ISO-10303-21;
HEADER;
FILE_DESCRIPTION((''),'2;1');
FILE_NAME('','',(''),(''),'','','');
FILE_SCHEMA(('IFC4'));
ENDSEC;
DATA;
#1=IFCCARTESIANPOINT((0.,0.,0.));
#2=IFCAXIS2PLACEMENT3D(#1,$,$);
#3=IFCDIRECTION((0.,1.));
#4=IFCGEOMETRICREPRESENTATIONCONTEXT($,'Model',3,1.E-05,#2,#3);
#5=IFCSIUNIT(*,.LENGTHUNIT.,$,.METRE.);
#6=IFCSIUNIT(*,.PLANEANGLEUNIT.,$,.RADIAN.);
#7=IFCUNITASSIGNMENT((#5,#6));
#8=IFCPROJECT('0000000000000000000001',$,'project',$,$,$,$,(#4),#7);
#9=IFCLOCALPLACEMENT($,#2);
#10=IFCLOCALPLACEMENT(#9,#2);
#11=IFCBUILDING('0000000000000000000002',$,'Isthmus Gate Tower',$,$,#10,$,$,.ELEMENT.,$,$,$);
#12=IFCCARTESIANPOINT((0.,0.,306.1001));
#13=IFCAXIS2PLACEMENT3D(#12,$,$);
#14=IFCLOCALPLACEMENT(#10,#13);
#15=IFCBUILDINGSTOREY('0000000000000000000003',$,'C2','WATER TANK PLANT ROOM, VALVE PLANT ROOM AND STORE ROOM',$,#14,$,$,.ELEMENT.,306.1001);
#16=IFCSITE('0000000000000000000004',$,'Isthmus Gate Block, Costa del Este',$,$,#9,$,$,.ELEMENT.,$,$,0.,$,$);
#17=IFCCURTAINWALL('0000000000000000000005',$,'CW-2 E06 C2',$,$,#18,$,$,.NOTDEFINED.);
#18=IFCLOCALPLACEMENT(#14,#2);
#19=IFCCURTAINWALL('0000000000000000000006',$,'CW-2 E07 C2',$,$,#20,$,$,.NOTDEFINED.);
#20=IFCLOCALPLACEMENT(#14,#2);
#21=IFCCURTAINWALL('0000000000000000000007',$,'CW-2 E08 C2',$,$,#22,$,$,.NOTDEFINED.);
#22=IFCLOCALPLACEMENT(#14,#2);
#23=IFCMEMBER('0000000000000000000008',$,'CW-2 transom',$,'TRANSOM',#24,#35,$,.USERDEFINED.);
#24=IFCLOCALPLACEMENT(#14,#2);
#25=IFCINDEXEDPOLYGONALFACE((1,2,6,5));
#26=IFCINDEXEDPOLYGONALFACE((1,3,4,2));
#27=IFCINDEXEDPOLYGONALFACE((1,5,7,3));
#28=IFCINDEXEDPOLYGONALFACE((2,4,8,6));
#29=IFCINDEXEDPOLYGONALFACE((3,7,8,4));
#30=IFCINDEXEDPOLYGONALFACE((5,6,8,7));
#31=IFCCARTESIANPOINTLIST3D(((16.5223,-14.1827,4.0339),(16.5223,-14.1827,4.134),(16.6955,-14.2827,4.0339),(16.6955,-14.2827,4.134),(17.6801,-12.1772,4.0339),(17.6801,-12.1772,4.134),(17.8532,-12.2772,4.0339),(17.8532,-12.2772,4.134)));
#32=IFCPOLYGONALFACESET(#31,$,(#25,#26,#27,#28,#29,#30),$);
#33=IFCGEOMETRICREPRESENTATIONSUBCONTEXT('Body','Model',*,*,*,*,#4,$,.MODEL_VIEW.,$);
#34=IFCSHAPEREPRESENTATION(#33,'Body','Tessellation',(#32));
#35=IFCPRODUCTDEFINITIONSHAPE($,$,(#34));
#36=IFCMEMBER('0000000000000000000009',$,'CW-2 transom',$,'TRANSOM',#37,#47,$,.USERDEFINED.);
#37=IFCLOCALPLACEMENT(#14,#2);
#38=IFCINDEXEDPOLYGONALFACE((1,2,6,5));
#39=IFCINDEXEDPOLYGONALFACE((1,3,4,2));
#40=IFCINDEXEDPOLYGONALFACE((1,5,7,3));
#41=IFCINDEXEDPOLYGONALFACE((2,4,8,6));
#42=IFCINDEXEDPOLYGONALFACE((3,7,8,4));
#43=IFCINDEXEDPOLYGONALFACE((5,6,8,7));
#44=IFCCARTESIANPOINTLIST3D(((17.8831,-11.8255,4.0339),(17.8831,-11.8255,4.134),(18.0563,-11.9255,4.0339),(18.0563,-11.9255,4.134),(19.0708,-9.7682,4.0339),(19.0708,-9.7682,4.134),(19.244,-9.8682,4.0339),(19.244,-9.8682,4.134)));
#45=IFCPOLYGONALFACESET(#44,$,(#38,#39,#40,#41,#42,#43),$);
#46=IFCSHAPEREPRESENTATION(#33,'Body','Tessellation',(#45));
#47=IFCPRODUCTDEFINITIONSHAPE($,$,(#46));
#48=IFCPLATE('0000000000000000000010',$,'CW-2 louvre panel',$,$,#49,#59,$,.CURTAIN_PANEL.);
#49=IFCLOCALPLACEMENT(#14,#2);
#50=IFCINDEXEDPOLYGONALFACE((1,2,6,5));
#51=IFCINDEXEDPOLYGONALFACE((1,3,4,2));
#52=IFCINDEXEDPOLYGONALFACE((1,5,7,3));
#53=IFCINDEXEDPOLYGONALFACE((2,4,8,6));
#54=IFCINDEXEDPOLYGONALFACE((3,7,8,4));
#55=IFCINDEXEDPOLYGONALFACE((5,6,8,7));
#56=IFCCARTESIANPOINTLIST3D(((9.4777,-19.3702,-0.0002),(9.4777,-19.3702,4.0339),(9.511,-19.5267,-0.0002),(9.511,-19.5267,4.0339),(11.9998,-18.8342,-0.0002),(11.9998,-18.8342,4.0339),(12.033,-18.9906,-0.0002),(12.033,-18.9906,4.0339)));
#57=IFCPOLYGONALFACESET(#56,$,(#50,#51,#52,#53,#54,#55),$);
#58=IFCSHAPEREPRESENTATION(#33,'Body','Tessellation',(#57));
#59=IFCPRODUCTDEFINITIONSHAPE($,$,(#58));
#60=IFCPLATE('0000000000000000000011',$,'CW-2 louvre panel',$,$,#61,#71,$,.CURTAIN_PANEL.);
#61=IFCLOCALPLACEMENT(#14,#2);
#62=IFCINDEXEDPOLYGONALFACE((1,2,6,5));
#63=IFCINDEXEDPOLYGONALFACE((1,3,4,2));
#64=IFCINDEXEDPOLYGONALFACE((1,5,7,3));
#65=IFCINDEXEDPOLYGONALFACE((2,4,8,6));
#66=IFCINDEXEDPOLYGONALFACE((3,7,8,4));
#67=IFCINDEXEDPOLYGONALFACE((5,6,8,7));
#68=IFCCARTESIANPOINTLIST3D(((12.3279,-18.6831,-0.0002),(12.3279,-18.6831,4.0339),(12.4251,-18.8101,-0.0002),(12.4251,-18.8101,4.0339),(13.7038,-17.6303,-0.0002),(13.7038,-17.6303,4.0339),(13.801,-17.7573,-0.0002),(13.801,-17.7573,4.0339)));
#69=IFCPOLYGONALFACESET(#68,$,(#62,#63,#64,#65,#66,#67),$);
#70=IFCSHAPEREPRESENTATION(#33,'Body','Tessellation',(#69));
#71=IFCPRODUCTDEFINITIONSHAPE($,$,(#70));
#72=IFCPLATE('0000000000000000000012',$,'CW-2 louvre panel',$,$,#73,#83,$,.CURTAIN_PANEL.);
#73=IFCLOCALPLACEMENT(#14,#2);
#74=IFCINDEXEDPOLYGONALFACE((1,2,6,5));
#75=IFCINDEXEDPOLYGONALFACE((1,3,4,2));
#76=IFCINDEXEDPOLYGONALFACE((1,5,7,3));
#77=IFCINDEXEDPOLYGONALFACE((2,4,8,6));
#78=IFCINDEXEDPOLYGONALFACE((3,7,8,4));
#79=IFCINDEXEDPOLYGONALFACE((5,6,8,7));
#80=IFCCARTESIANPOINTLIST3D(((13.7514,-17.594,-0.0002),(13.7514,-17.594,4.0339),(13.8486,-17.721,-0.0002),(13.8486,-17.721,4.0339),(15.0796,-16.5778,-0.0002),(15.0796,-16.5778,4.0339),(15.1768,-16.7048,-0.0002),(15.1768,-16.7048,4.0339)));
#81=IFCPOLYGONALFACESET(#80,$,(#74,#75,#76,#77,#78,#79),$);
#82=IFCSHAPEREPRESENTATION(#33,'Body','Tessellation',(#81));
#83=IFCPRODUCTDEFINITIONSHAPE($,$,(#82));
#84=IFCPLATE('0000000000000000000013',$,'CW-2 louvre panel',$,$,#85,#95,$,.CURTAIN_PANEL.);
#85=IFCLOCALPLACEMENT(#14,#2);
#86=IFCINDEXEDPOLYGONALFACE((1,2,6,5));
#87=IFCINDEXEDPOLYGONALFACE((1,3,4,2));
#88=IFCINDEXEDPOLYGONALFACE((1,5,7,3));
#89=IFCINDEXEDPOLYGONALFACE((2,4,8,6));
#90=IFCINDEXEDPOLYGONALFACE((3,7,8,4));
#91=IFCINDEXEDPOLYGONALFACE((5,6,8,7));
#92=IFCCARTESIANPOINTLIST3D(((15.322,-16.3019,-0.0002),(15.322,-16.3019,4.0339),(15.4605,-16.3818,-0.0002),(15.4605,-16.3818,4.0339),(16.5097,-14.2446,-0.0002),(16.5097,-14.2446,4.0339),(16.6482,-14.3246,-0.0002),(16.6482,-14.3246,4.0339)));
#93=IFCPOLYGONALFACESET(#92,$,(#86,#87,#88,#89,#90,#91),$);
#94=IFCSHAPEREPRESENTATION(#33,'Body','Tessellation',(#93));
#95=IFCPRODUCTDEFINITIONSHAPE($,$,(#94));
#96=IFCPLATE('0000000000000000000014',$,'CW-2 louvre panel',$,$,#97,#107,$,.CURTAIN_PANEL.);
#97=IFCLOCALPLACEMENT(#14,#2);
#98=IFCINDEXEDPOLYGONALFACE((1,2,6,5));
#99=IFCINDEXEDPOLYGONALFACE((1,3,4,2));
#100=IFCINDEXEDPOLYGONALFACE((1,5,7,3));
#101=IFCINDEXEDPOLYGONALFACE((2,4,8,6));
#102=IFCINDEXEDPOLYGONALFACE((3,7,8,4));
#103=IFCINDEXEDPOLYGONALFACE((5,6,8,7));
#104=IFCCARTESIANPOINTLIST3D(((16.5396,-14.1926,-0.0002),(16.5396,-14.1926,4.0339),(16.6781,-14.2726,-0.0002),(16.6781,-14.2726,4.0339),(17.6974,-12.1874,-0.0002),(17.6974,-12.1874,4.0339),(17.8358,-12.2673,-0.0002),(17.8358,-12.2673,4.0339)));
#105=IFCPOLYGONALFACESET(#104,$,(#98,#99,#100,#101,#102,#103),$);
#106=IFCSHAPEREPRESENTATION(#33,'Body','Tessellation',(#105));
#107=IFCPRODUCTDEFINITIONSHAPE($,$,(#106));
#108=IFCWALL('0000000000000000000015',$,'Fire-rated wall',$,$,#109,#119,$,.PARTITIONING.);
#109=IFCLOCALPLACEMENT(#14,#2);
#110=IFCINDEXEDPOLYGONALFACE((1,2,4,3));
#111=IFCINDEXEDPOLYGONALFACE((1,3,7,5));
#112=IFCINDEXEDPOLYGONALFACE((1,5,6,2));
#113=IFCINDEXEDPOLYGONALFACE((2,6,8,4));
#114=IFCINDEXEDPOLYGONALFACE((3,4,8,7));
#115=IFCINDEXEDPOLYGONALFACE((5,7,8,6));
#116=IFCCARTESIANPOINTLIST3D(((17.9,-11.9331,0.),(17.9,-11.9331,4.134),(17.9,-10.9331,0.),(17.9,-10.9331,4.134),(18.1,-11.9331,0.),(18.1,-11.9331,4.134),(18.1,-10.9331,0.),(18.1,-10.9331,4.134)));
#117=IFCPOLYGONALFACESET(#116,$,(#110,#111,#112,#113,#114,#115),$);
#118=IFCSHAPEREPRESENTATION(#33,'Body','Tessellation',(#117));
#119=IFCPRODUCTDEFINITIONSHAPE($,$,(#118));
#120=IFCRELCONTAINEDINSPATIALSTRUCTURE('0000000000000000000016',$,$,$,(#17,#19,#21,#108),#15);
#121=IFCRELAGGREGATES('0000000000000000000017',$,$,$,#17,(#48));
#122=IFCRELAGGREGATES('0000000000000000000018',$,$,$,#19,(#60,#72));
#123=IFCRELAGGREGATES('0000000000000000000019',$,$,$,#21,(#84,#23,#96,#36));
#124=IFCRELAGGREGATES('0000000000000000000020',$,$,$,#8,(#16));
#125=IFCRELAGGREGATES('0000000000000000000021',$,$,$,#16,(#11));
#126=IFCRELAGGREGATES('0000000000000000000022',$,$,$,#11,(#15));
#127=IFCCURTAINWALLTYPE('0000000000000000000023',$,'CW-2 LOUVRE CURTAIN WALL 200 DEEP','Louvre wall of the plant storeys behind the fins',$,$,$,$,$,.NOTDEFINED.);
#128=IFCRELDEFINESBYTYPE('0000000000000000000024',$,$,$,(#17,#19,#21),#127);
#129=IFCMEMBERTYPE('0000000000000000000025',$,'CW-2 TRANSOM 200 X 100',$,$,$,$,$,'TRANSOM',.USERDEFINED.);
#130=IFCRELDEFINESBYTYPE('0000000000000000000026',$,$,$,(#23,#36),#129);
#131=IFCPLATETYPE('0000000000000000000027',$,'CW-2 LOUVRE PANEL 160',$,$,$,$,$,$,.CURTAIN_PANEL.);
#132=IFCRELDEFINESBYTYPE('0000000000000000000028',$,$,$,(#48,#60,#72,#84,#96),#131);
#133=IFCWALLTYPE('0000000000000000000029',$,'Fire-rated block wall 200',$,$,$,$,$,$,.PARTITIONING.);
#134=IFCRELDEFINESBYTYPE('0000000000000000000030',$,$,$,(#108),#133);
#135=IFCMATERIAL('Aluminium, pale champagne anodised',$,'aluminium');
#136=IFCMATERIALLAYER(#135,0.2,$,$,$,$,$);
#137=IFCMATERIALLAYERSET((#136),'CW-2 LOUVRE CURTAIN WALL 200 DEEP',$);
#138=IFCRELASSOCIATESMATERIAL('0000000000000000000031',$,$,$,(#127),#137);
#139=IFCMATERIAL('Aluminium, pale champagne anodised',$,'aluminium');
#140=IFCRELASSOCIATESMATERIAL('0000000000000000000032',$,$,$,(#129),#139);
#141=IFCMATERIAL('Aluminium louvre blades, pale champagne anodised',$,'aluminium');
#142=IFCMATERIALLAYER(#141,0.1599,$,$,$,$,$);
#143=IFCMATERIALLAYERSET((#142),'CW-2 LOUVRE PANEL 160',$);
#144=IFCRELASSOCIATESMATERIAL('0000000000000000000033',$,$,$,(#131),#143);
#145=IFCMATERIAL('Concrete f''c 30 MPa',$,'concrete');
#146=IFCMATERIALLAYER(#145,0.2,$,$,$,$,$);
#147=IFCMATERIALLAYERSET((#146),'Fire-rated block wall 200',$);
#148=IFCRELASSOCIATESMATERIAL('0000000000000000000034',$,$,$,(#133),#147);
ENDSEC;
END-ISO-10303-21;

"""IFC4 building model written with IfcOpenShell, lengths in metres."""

from ifc_helpers import new_model, si_unit, direction, frame, frame_2d, origin, origin_2d, place, context, subcontext, project, spatial, rectangle, extrude, material, layer, layer_set, material_profile, profile_set, type_object, element, aggregate, save


model = new_model("IFC4")

# Units and contexts
model_context = context("Model", 3, precision=1e-05, world=origin(), true_north=direction((0.0, 1.0)))
body_context = subcontext(model_context, "Body", "Model", "MODEL_VIEW")
ifc_project = project(units=[si_unit("LENGTHUNIT", "METRE"), si_unit("PLANEANGLEUNIT", "RADIAN")], contexts=[model_context])

# Site, building, storey
site_placement = place(None, origin())
site = spatial("IfcSite", under=ifc_project, at=site_placement, Name="Isthmus Gate Block, Costa del Este", CompositionType="ELEMENT", RefElevation=0.0)
building_placement = place(site_placement, origin())
building = spatial("IfcBuilding", under=site, at=building_placement, Name="Isthmus Gate Tower", CompositionType="ELEMENT")
storey_placement = place(building_placement, frame((0.0, 0.0, 306.1001)))
storey = spatial("IfcBuildingStorey", under=building, at=storey_placement, Name="C2", Description="WATER TANK PLANT ROOM, VALVE PLANT ROOM AND STORE ROOM", CompositionType="ELEMENT", Elevation=306.1001)

# Curtain walls
ifc_material_1 = material(Name="Aluminium, pale champagne anodised", Category="aluminium")
ifc_layer_1 = layer(ifc_material_1, 0.2)
ifc_layer_set_1 = layer_set([ifc_layer_1], Name="CW-2 LOUVRE CURTAIN WALL 200 DEEP")
curtain_wall_type = type_object("IfcCurtainWallType", Name="CW-2 LOUVRE CURTAIN WALL 200 DEEP", Description="Louvre wall of the plant storeys behind the fins", PredefinedType="NOTDEFINED", material=ifc_layer_set_1)
curtain_wall_1_placement = place(storey_placement, origin())
curtain_wall_1 = element("IfcCurtainWall", 1, at=curtain_wall_1_placement, inside=storey, type_object=curtain_wall_type, Name="CW-2 E06 C2", PredefinedType="NOTDEFINED")
curtain_wall_2_placement = place(storey_placement, origin())
curtain_wall_2 = element("IfcCurtainWall", 2, at=curtain_wall_2_placement, inside=storey, type_object=curtain_wall_type, Name="CW-2 E07 C2", PredefinedType="NOTDEFINED")
curtain_wall_3_placement = place(storey_placement, origin())
curtain_wall_3 = element("IfcCurtainWall", 3, at=curtain_wall_3_placement, inside=storey, type_object=curtain_wall_type, Name="CW-2 E08 C2", PredefinedType="NOTDEFINED")

# Members
ifc_material_2 = material(Name="Aluminium, pale champagne anodised", Category="aluminium")
ifc_material_profile_1 = material_profile(ifc_material_2, rectangle(XDim=0.2, YDim=0.1001, at=origin_2d()), Name="200x100")
ifc_profile_set_1 = profile_set([ifc_material_profile_1], Name="Aluminium, pale champagne anodised")
member_type_1 = type_object("IfcMemberType", Name="CW-2 TRANSOM 200 X 100", ElementType="TRANSOM", PredefinedType="USERDEFINED", material=ifc_profile_set_1)
member_1_placement = place(storey_placement, frame((16.6089, -14.2327, 4.084), z_axis=(0.499972, 0.866042, 0.0), x_axis=(-0.866042, 0.499972, 0.0)))
member_1 = element("IfcMember", 4, at=member_1_placement, type_object=member_type_1, Name="CW-2 transom", ObjectType="TRANSOM", PredefinedType="USERDEFINED", context=body_context, shape_type="SweptSolid", body=[
    extrude(rectangle(XDim=0.2, YDim=0.1001, at=origin_2d()), origin(), (0.0, 0.0, 1.0), 2.3157),
])
member_2_placement = place(storey_placement, frame((17.9697, -11.8755, 4.084), z_axis=(0.499975, 0.86604, 0.0), x_axis=(-0.86604, 0.499975, 0.0)))
member_2 = element("IfcMember", 5, at=member_2_placement, type_object=member_type_1, Name="CW-2 transom", ObjectType="TRANSOM", PredefinedType="USERDEFINED", context=body_context, shape_type="SweptSolid", body=[
    extrude(rectangle(XDim=0.2, YDim=0.1001, at=origin_2d()), origin(), (0.0, 0.0, 1.0), 2.3755),
])

# Plates
ifc_material_3 = material(Name="Aluminium louvre blades, pale champagne anodised", Category="aluminium")
ifc_layer_2 = layer(ifc_material_3, 0.1599)
ifc_layer_set_2 = layer_set([ifc_layer_2], Name="CW-2 LOUVRE PANEL 160")
plate_type = type_object("IfcPlateType", Name="CW-2 LOUVRE PANEL 160", PredefinedType="CURTAIN_PANEL", material=ifc_layer_set_2)
plate_1_placement = place(storey_placement, frame((10.7554, -19.1804, -0.0002), z_axis=(0.0, 0.0, 1.0), x_axis=(0.978148, 0.207912, 0.0)))
plate_1 = element("IfcPlate", 6, at=plate_1_placement, type_object=plate_type, Name="CW-2 louvre panel", PredefinedType="CURTAIN_PANEL", context=body_context, shape_type="SweptSolid", body=[
    extrude(rectangle(XDim=2.5784, YDim=0.1599, at=origin_2d()), origin(), (0.0, 0.0, 1.0), 4.0342),
])
aggregate(curtain_wall_1, [plate_1])
plate_2_placement = place(storey_placement, frame((13.0645, -18.2202, -0.0002), z_axis=(0.0, 0.0, 1.0), x_axis=(0.794189, 0.607671, 0.0)))
plate_2 = element("IfcPlate", 7, at=plate_2_placement, type_object=plate_type, Name="CW-2 louvre panel", PredefinedType="CURTAIN_PANEL", context=body_context, shape_type="SweptSolid", body=[
    extrude(rectangle(XDim=1.7324, YDim=0.1599, at=origin_2d()), origin(), (0.0, 0.0, 1.0), 4.0342),
])
plate_3_placement = place(storey_placement, frame((14.4641, -17.1494, -0.0002), z_axis=(0.0, 0.0, 1.0), x_axis=(0.794189, 0.607671, 0.0)))
plate_3 = element("IfcPlate", 8, at=plate_3_placement, type_object=plate_type, Name="CW-2 louvre panel", PredefinedType="CURTAIN_PANEL", context=body_context, shape_type="SweptSolid", body=[
    extrude(rectangle(XDim=1.6724, YDim=0.1599, at=origin_2d()), origin(), (0.0, 0.0, 1.0), 4.0342),
])
aggregate(curtain_wall_2, [plate_2, plate_3])
plate_4_placement = place(storey_placement, frame((15.9851, -15.3132, -0.0002), z_axis=(0.0, 0.0, 1.0), x_axis=(0.5, 0.866025, 0.0)))
plate_4 = element("IfcPlate", 9, at=plate_4_placement, type_object=plate_type, Name="CW-2 louvre panel", PredefinedType="CURTAIN_PANEL", context=body_context, shape_type="SweptSolid", body=[
    extrude(rectangle(XDim=2.3755, YDim=0.1599, at=origin_2d()), origin(), (0.0, 0.0, 1.0), 4.0342),
])
plate_5_placement = place(storey_placement, frame((17.1877, -13.23, -0.0002), z_axis=(0.0, 0.0, 1.0), x_axis=(0.5, 0.866025, 0.0)))
plate_5 = element("IfcPlate", 10, at=plate_5_placement, type_object=plate_type, Name="CW-2 louvre panel", PredefinedType="CURTAIN_PANEL", context=body_context, shape_type="SweptSolid", body=[
    extrude(rectangle(XDim=2.3154, YDim=0.1599, at=origin_2d()), origin(), (0.0, 0.0, 1.0), 4.0342),
])
aggregate(curtain_wall_3, [plate_4, member_1, plate_5, member_2])

# Wall
ifc_material_4 = material(Name="Concrete f'c 30 MPa", Category="concrete")
ifc_layer_3 = layer(ifc_material_4, 0.2)
ifc_layer_set_3 = layer_set([ifc_layer_3], Name="Fire-rated block wall 200")
wall_type = type_object("IfcWallType", Name="Fire-rated block wall 200", PredefinedType="PARTITIONING", material=ifc_layer_set_3)
wall_placement = place(storey_placement, frame((18.0, -11.9331, 0.0), z_axis=(0.0, 0.0, 1.0), x_axis=(0.0, 1.0, 0.0)))
element("IfcWall", 11, at=wall_placement, inside=storey, type_object=wall_type, Name="Fire-rated wall", PredefinedType="PARTITIONING", context=body_context, shape_type="SweptSolid", body=[
    extrude(rectangle(XDim=1.0, YDim=0.2, at=frame_2d((0.5, 0.0))), origin(), (0.0, 0.0, 1.0), 4.134),
])

save(model, "model.ifc")
